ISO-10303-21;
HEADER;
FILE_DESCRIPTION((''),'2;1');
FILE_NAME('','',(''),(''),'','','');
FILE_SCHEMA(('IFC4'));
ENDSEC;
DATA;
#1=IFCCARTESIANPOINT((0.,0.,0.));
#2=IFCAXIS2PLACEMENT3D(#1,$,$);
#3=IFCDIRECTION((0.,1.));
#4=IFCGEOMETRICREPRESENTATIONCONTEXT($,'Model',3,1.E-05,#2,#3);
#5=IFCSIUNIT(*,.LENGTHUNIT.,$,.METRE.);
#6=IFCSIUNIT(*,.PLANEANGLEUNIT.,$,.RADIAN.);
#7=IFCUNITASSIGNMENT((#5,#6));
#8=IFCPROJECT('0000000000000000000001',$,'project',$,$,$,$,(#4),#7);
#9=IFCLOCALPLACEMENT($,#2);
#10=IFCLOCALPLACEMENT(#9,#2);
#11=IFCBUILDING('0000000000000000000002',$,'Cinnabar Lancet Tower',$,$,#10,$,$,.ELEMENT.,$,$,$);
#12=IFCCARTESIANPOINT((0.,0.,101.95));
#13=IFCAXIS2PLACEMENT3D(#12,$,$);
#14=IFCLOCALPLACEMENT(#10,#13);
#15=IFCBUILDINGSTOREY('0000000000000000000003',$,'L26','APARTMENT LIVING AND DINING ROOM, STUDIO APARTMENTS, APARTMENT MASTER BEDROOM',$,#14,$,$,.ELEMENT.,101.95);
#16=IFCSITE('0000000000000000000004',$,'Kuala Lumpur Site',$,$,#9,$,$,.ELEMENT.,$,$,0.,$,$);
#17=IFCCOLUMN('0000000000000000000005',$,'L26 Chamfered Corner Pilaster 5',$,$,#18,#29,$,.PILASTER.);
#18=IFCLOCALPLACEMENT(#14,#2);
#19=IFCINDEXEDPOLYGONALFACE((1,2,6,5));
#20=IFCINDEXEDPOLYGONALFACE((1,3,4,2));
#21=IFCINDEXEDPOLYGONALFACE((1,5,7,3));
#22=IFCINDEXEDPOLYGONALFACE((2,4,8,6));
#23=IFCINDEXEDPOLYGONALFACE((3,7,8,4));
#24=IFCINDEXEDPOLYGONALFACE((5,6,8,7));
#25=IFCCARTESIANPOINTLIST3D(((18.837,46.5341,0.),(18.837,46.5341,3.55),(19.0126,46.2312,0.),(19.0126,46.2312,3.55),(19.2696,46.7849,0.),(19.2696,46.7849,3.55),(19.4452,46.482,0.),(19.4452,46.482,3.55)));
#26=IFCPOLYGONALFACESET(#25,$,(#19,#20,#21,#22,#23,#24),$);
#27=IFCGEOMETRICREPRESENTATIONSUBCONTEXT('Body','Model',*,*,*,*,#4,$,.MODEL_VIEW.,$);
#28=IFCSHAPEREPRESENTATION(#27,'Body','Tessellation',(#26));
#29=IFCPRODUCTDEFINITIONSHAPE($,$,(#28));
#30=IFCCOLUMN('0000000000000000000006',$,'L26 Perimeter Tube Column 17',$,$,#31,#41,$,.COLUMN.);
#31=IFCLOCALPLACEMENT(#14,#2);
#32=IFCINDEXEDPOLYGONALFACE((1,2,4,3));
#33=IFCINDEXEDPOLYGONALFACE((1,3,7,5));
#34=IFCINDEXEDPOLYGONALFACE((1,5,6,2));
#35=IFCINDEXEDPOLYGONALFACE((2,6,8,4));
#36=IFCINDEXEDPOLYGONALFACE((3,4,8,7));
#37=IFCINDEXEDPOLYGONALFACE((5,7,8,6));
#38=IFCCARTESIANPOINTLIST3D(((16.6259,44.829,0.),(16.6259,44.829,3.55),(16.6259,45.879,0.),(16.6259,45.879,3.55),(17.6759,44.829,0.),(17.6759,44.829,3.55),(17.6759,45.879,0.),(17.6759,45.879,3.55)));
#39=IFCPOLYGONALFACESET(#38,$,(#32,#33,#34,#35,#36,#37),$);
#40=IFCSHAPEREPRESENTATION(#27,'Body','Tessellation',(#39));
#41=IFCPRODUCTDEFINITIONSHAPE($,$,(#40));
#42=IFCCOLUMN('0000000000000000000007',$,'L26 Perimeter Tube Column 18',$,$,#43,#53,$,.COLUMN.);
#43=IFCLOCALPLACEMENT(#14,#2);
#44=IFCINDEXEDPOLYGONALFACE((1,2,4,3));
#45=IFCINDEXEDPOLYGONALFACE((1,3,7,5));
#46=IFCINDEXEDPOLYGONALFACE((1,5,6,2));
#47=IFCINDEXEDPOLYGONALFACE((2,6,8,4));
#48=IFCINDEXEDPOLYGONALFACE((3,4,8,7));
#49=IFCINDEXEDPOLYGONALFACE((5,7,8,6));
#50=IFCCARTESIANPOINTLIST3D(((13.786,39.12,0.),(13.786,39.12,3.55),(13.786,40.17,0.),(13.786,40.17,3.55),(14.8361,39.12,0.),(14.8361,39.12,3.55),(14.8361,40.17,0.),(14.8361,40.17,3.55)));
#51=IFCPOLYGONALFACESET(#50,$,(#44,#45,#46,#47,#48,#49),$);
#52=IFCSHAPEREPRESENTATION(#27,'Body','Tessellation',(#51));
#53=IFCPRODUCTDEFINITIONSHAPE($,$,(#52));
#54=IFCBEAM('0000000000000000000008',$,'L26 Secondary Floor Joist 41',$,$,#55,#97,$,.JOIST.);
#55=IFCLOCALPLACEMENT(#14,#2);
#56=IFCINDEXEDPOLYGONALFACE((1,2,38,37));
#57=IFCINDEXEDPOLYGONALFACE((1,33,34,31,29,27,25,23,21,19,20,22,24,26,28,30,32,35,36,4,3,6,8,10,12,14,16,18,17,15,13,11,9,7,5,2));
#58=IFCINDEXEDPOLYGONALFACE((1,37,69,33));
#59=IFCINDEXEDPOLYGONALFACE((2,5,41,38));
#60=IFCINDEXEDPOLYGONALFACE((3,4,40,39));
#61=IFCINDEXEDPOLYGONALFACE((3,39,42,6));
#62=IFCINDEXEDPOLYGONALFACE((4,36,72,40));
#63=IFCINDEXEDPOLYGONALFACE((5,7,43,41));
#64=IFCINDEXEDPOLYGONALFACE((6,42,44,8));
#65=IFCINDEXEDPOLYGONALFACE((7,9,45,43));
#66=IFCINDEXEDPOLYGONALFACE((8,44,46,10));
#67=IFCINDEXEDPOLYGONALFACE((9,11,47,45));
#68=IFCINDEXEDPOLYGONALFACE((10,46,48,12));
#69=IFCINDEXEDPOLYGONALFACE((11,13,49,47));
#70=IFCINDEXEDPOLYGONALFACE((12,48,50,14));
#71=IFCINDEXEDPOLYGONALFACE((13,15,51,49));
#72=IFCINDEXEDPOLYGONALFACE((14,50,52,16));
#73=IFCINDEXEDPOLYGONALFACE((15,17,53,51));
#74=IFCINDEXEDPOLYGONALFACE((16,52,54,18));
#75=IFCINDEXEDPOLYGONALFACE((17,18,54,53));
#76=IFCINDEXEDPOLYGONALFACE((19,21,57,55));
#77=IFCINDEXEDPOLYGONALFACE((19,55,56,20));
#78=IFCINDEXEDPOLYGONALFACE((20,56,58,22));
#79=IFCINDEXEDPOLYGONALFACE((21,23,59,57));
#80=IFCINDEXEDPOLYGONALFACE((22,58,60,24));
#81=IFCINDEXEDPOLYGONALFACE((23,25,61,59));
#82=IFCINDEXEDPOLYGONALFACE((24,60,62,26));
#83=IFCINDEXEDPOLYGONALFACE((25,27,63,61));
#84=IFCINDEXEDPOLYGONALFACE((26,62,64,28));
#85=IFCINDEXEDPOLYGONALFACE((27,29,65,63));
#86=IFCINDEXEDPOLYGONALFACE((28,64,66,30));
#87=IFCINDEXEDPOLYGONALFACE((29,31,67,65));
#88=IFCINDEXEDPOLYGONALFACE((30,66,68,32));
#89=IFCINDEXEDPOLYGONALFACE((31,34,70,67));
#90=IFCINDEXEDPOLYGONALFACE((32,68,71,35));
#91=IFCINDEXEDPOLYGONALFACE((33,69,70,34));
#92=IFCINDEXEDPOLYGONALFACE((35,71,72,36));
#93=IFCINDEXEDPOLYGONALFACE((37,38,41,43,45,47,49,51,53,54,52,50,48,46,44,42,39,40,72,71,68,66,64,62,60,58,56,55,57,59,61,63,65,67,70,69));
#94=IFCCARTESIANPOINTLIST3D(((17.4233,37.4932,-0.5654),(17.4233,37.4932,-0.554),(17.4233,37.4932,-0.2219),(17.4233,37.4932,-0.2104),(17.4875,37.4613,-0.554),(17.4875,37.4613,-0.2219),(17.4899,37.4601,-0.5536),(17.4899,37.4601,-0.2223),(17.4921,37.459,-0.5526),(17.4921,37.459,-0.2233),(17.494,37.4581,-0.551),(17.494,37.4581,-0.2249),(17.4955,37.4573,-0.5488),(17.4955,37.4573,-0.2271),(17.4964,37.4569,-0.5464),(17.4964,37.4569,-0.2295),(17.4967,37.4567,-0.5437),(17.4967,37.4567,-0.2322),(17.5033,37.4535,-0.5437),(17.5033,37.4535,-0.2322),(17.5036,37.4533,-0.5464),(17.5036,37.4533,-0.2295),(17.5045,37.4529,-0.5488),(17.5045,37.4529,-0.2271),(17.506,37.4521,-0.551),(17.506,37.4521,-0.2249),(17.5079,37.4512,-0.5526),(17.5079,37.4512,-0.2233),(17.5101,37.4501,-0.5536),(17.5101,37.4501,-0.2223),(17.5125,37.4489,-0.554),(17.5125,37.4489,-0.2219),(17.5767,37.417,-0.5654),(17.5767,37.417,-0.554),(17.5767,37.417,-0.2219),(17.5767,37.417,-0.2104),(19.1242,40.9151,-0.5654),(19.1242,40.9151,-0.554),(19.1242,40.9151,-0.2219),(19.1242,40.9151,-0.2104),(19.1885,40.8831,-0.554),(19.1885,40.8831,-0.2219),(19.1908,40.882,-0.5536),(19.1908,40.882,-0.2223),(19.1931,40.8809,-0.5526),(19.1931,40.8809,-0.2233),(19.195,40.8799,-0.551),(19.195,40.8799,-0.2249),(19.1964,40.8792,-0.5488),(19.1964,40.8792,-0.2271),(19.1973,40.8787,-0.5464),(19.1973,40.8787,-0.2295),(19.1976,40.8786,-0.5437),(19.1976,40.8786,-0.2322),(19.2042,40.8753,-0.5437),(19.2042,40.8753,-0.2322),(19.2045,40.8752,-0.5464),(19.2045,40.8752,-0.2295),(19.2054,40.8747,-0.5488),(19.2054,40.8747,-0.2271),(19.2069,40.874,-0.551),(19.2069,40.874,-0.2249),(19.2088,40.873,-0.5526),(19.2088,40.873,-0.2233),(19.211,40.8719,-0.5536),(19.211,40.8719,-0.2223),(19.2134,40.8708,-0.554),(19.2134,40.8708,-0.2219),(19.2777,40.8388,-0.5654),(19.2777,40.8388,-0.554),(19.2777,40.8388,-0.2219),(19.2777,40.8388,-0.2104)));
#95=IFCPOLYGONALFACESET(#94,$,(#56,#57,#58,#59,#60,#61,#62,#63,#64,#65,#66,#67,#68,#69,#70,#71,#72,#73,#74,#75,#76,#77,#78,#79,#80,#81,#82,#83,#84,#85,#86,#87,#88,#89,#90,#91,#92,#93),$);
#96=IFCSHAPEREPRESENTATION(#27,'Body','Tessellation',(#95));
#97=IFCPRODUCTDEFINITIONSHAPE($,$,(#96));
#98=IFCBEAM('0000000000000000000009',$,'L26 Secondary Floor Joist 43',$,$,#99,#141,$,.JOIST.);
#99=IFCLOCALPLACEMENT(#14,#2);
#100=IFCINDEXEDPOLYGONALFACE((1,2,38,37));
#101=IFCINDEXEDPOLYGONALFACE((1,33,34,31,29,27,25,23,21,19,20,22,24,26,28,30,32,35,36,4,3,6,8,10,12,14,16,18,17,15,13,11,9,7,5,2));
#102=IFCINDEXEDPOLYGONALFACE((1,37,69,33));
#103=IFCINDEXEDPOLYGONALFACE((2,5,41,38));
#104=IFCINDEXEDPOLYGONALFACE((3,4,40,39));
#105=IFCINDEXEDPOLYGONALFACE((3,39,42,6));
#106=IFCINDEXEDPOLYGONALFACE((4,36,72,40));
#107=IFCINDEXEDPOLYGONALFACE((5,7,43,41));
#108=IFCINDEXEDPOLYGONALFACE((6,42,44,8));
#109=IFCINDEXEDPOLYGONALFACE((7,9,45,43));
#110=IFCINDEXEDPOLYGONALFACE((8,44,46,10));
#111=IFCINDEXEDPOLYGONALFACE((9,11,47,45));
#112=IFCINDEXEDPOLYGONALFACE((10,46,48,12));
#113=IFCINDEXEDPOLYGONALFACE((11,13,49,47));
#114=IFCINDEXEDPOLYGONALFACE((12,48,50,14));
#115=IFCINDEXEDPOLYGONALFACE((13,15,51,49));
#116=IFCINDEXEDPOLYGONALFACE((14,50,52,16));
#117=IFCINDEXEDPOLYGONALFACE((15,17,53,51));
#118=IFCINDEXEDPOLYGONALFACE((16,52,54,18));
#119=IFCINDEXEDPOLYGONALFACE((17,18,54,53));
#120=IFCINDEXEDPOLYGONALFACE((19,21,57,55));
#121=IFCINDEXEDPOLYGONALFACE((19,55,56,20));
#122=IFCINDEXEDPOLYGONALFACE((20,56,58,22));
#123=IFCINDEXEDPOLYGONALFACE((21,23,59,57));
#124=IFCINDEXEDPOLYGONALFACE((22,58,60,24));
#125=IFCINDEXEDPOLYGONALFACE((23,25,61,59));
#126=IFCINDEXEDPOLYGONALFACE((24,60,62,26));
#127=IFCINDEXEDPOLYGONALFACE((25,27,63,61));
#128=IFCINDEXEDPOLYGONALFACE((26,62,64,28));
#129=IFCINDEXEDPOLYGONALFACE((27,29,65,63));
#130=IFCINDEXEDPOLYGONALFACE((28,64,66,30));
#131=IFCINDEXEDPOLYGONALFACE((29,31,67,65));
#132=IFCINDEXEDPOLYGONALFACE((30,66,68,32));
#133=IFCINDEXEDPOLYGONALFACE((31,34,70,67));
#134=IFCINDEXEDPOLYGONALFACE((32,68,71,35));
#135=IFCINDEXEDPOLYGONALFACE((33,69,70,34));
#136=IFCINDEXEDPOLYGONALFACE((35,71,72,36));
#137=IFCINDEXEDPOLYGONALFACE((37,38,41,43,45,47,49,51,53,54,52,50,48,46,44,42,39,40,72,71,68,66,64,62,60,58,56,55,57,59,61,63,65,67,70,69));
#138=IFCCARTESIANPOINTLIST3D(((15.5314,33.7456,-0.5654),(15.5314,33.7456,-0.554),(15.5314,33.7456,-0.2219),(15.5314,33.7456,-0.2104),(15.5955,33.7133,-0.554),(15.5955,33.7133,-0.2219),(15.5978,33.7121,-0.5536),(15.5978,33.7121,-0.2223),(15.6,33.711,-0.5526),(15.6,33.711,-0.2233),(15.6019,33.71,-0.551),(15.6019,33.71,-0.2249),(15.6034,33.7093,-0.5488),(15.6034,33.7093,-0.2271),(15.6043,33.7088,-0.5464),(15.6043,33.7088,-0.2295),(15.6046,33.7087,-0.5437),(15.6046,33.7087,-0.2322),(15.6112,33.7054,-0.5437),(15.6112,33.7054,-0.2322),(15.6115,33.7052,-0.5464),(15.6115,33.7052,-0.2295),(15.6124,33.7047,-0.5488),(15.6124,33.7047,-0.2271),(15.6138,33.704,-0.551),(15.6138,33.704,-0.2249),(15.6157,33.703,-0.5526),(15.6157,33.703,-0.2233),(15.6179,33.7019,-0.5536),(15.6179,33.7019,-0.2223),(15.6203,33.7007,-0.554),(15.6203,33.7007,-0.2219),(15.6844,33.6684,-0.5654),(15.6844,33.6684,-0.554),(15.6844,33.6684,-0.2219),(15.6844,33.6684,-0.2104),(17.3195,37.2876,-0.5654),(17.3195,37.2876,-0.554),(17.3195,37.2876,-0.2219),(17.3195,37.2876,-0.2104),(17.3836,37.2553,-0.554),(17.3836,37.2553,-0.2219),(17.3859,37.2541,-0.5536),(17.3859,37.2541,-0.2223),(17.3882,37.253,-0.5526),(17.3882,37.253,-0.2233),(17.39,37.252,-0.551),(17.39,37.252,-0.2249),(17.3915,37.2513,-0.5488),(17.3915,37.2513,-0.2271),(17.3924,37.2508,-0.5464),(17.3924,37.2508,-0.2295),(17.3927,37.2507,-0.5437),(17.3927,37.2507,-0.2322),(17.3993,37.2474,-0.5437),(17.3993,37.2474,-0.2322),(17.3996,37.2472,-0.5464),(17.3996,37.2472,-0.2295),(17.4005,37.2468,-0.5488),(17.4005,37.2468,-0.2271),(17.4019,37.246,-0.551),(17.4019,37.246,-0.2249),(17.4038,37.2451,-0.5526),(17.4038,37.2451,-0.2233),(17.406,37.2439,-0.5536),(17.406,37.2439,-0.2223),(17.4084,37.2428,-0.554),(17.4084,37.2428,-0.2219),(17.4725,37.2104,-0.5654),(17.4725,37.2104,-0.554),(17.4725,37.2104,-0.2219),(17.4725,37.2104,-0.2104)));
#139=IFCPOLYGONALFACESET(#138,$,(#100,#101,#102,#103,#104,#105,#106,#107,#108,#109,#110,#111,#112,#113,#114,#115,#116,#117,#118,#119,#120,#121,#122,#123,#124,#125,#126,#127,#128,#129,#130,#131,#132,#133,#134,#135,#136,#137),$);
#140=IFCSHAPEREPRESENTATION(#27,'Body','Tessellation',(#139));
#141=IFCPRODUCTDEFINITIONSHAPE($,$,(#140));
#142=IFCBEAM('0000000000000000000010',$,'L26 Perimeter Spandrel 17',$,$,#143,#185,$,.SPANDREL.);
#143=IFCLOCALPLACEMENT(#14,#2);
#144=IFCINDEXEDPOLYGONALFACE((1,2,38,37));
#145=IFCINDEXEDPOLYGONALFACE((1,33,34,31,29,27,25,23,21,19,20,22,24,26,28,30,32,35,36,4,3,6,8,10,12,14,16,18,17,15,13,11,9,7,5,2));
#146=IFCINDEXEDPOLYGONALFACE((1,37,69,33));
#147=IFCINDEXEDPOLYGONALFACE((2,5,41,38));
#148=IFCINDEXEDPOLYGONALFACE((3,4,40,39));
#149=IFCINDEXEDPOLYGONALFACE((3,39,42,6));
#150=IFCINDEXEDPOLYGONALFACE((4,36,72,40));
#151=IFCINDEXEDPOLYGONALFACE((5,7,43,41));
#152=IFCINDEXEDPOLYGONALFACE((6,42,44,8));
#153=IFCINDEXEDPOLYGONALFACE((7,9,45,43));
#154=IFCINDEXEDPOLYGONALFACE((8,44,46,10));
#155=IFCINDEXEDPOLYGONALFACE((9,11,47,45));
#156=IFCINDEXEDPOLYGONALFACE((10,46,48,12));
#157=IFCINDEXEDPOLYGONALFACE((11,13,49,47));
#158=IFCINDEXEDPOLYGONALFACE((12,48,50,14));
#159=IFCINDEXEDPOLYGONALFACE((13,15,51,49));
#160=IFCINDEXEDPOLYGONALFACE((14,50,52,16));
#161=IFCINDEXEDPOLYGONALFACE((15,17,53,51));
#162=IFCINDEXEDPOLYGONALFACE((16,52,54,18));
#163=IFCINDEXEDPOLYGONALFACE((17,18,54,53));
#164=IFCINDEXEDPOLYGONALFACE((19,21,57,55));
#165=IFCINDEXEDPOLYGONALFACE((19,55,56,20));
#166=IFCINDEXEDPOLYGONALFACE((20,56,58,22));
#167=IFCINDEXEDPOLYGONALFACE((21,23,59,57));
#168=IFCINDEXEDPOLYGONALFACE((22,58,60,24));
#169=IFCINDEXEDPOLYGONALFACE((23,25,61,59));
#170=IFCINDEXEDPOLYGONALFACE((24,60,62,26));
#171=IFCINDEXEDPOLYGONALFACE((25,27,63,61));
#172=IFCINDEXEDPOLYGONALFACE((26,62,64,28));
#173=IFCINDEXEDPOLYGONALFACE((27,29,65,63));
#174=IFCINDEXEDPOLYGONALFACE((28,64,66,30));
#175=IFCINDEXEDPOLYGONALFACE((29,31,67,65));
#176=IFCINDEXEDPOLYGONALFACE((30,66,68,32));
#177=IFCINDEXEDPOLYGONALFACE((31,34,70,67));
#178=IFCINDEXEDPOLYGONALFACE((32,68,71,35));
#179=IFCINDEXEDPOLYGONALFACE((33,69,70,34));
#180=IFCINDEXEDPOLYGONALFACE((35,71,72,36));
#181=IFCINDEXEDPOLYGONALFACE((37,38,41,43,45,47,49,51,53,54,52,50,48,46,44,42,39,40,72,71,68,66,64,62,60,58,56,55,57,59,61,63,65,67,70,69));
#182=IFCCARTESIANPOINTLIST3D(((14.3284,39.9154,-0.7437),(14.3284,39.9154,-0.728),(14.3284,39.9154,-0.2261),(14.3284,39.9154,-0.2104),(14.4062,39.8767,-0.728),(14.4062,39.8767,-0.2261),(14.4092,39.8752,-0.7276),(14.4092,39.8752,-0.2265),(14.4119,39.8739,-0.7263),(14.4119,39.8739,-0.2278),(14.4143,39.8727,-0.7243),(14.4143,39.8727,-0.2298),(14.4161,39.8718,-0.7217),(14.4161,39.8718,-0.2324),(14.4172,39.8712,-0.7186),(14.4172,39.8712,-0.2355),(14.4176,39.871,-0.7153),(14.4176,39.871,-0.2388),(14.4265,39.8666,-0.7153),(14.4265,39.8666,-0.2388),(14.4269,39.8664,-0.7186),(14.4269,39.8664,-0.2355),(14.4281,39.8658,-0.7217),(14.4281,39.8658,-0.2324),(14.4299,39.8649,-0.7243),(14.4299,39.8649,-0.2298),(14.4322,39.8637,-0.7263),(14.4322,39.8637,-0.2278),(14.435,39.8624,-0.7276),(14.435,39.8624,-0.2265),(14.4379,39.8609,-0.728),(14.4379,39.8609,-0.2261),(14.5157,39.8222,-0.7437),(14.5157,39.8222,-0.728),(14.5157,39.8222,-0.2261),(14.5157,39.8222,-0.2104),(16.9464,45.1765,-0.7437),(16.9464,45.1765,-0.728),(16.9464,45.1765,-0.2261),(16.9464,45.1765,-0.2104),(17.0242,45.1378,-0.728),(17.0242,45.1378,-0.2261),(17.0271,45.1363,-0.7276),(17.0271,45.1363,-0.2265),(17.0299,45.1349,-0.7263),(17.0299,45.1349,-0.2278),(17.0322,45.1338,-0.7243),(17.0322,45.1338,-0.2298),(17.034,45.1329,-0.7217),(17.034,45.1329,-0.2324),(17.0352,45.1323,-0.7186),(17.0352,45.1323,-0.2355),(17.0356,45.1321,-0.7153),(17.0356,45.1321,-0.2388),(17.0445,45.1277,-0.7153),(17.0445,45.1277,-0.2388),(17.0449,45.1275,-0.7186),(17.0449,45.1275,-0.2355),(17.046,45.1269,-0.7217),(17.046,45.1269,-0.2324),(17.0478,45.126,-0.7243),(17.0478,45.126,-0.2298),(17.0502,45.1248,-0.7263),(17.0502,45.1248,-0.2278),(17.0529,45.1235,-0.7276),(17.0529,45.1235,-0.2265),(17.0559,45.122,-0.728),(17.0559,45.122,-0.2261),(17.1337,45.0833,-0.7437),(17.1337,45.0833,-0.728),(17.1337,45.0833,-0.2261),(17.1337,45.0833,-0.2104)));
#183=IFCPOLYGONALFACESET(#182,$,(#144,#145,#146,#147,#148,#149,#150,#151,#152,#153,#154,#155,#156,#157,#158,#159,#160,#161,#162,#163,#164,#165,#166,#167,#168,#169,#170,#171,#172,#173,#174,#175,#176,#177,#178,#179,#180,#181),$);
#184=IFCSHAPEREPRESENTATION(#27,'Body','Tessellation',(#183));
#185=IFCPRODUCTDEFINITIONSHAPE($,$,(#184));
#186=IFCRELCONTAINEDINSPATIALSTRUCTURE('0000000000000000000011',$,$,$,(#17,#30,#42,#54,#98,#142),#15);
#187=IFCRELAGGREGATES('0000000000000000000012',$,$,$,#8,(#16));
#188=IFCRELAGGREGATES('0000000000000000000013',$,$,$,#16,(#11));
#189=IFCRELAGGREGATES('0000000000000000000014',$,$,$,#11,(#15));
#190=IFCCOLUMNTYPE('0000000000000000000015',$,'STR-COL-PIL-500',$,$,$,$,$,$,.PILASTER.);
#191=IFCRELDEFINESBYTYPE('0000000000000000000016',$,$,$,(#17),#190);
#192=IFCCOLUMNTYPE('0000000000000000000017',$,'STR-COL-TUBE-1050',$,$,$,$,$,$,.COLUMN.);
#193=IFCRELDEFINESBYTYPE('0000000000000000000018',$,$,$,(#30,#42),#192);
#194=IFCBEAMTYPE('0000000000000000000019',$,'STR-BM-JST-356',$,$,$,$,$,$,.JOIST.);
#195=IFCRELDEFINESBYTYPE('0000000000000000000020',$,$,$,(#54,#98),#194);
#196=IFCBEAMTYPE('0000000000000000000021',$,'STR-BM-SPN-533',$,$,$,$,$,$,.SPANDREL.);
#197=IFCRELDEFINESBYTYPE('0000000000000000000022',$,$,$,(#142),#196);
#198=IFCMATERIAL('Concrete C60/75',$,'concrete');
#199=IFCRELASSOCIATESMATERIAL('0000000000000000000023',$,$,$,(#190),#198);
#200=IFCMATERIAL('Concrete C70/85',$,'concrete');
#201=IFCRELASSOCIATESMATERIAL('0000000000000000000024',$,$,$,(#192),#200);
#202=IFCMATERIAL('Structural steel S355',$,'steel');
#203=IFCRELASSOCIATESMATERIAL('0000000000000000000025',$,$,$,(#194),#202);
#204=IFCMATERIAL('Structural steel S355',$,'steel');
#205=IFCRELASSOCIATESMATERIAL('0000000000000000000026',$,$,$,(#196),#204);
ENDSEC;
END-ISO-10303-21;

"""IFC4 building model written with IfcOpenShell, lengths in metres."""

from ifc_helpers import new_model, si_unit, direction, frame, origin, origin_2d, place, context, subcontext, project, spatial, rectangle, i_section, extrude, material, material_profile, profile_set, type_object, element, save


model = new_model("IFC4")

# Units and contexts
model_context = context("Model", 3, precision=1e-05, world=origin(), true_north=direction((0.0, 1.0)))
body_context = subcontext(model_context, "Body", "Model", "MODEL_VIEW")
ifc_project = project(units=[si_unit("LENGTHUNIT", "METRE"), si_unit("PLANEANGLEUNIT", "RADIAN")], contexts=[model_context])

# Site, building, storey
site_placement = place(None, origin())
site = spatial("IfcSite", under=ifc_project, at=site_placement, Name="Kuala Lumpur Site", CompositionType="ELEMENT", RefElevation=0.0)
building_placement = place(site_placement, origin())
building = spatial("IfcBuilding", under=site, at=building_placement, Name="Cinnabar Lancet Tower", CompositionType="ELEMENT")
storey_placement = place(building_placement, frame((0.0, 0.0, 101.95)))
storey = spatial("IfcBuildingStorey", under=building, at=storey_placement, Name="L26", Description="APARTMENT LIVING AND DINING ROOM, STUDIO APARTMENTS, APARTMENT MASTER BEDROOM", CompositionType="ELEMENT", Elevation=101.95)

# Columns
ifc_material_1 = material(Name="Concrete C60/75", Category="concrete")
ifc_material_profile_1 = material_profile(ifc_material_1, rectangle(XDim=0.5, YDim=0.3501, at=origin_2d()), Name="RC-PIL 500x350")
ifc_profile_set_1 = profile_set([ifc_material_profile_1], Name="Concrete C60/75")
column_type_1 = type_object("IfcColumnType", Name="STR-COL-PIL-500", PredefinedType="PILASTER", material=ifc_profile_set_1)
column_placement = place(storey_placement, frame((19.1411, 46.5081, 0.0), z_axis=(0.0, 0.0, 1.0), x_axis=(-0.86516, -0.501496, 0.0)))
element("IfcColumn", 1, at=column_placement, inside=storey, type_object=column_type_1, Name="L26 Chamfered Corner Pilaster 5", PredefinedType="PILASTER", context=body_context, shape_type="SweptSolid", body=[
    extrude(rectangle(XDim=0.5, YDim=0.3501, at=origin_2d()), origin(), (0.0, 0.0, 1.0), 3.55),
])
ifc_material_2 = material(Name="Concrete C70/85", Category="concrete")
ifc_material_profile_2 = material_profile(ifc_material_2, rectangle(XDim=1.05, YDim=1.05, at=origin_2d()), Name="RC-COL 1050x1050")
ifc_profile_set_2 = profile_set([ifc_material_profile_2], Name="Concrete C70/85")
column_type_2 = type_object("IfcColumnType", Name="STR-COL-TUBE-1050", PredefinedType="COLUMN", material=ifc_profile_set_2)
for number, where, z_axis, x_axis, name in (
    (2, (17.1509, 45.354, 0.0), (0.0, 0.0, 1.0), (1.0, 0.0, 0.0), "L26 Perimeter Tube Column 17"),
    (3, (14.311, 39.645, 0.0), (0.0, 0.0, 1.0), (1.0, 0.0, 0.0), "L26 Perimeter Tube Column 18"),
):
    element("IfcColumn", number, at=place(storey_placement, frame(where, z_axis=z_axis, x_axis=x_axis)), inside=storey, type_object=column_type_2, Name=name, PredefinedType="COLUMN", context=body_context, shape_type="SweptSolid", body=[
        extrude(rectangle(XDim=1.05, YDim=1.05, at=origin_2d()), origin(), (0.0, 0.0, 1.0), 3.55),
    ])

# Beams
ifc_material_3 = material(Name="Structural steel S355", Category="steel")
ifc_material_profile_3 = material_profile(ifc_material_3, i_section(OverallWidth=0.1714, OverallDepth=0.355, WebThickness=0.0073, FlangeThickness=0.0115, FilletRadius=0.0103, at=origin_2d()), Name="UKB 356x171x51")
ifc_profile_set_3 = profile_set([ifc_material_profile_3], Name="Structural steel S355")
beam_type_1 = type_object("IfcBeamType", Name="STR-BM-JST-356", PredefinedType="JOIST", material=ifc_profile_set_3)
beam_1_placement = place(storey_placement, frame((19.2009, 40.877, -0.3879), z_axis=(-0.445117, -0.895473, 0.0), x_axis=(0.895473, -0.445117, 0.0)))
element("IfcBeam", 4, at=beam_1_placement, inside=storey, type_object=beam_type_1, Name="L26 Secondary Floor Joist 41", PredefinedType="JOIST", context=body_context, shape_type="SweptSolid", body=[
    extrude(i_section(OverallWidth=0.1714, OverallDepth=0.355, WebThickness=0.0073, FlangeThickness=0.0115, FilletRadius=0.0103, at=origin_2d()), origin(), (0.0, 0.0, 1.0), 3.8213),
])
beam_2_placement = place(storey_placement, frame((17.396, 37.249, -0.3879), z_axis=(-0.450656, -0.892698, 0.0), x_axis=(0.892698, -0.450656, 0.0)))
element("IfcBeam", 5, at=beam_2_placement, inside=storey, type_object=beam_type_1, Name="L26 Secondary Floor Joist 43", PredefinedType="JOIST", context=body_context, shape_type="SweptSolid", body=[
    extrude(i_section(OverallWidth=0.1714, OverallDepth=0.355, WebThickness=0.0073, FlangeThickness=0.0115, FilletRadius=0.0103, at=origin_2d()), origin(), (0.0, 0.0, 1.0), 3.9678),
])
ifc_material_4 = material(Name="Structural steel S355", Category="steel")
ifc_material_profile_4 = material_profile(ifc_material_4, i_section(OverallWidth=0.2092, OverallDepth=0.5332, WebThickness=0.01, FlangeThickness=0.0156, FilletRadius=0.0127, at=origin_2d()), Name="UKB 533x210x92")
ifc_profile_set_4 = profile_set([ifc_material_profile_4], Name="Structural steel S355")
beam_type_2 = type_object("IfcBeamType", Name="STR-BM-SPN-533", PredefinedType="SPANDREL", material=ifc_profile_set_4)
beam_3_placement = place(storey_placement, frame((17.04, 45.1299, -0.4771), z_axis=(-0.445501, -0.895281, 0.0), x_axis=(0.895281, -0.445501, 0.0)))
element("IfcBeam", 6, at=beam_3_placement, inside=storey, type_object=beam_type_2, Name="L26 Perimeter Spandrel 17", PredefinedType="SPANDREL", context=body_context, shape_type="SweptSolid", body=[
    extrude(i_section(OverallWidth=0.2092, OverallDepth=0.5332, WebThickness=0.01, FlangeThickness=0.0156, FilletRadius=0.0127, at=origin_2d()), origin(), (0.0, 0.0, 1.0), 5.8765),
])

save(model, "model.ifc")
